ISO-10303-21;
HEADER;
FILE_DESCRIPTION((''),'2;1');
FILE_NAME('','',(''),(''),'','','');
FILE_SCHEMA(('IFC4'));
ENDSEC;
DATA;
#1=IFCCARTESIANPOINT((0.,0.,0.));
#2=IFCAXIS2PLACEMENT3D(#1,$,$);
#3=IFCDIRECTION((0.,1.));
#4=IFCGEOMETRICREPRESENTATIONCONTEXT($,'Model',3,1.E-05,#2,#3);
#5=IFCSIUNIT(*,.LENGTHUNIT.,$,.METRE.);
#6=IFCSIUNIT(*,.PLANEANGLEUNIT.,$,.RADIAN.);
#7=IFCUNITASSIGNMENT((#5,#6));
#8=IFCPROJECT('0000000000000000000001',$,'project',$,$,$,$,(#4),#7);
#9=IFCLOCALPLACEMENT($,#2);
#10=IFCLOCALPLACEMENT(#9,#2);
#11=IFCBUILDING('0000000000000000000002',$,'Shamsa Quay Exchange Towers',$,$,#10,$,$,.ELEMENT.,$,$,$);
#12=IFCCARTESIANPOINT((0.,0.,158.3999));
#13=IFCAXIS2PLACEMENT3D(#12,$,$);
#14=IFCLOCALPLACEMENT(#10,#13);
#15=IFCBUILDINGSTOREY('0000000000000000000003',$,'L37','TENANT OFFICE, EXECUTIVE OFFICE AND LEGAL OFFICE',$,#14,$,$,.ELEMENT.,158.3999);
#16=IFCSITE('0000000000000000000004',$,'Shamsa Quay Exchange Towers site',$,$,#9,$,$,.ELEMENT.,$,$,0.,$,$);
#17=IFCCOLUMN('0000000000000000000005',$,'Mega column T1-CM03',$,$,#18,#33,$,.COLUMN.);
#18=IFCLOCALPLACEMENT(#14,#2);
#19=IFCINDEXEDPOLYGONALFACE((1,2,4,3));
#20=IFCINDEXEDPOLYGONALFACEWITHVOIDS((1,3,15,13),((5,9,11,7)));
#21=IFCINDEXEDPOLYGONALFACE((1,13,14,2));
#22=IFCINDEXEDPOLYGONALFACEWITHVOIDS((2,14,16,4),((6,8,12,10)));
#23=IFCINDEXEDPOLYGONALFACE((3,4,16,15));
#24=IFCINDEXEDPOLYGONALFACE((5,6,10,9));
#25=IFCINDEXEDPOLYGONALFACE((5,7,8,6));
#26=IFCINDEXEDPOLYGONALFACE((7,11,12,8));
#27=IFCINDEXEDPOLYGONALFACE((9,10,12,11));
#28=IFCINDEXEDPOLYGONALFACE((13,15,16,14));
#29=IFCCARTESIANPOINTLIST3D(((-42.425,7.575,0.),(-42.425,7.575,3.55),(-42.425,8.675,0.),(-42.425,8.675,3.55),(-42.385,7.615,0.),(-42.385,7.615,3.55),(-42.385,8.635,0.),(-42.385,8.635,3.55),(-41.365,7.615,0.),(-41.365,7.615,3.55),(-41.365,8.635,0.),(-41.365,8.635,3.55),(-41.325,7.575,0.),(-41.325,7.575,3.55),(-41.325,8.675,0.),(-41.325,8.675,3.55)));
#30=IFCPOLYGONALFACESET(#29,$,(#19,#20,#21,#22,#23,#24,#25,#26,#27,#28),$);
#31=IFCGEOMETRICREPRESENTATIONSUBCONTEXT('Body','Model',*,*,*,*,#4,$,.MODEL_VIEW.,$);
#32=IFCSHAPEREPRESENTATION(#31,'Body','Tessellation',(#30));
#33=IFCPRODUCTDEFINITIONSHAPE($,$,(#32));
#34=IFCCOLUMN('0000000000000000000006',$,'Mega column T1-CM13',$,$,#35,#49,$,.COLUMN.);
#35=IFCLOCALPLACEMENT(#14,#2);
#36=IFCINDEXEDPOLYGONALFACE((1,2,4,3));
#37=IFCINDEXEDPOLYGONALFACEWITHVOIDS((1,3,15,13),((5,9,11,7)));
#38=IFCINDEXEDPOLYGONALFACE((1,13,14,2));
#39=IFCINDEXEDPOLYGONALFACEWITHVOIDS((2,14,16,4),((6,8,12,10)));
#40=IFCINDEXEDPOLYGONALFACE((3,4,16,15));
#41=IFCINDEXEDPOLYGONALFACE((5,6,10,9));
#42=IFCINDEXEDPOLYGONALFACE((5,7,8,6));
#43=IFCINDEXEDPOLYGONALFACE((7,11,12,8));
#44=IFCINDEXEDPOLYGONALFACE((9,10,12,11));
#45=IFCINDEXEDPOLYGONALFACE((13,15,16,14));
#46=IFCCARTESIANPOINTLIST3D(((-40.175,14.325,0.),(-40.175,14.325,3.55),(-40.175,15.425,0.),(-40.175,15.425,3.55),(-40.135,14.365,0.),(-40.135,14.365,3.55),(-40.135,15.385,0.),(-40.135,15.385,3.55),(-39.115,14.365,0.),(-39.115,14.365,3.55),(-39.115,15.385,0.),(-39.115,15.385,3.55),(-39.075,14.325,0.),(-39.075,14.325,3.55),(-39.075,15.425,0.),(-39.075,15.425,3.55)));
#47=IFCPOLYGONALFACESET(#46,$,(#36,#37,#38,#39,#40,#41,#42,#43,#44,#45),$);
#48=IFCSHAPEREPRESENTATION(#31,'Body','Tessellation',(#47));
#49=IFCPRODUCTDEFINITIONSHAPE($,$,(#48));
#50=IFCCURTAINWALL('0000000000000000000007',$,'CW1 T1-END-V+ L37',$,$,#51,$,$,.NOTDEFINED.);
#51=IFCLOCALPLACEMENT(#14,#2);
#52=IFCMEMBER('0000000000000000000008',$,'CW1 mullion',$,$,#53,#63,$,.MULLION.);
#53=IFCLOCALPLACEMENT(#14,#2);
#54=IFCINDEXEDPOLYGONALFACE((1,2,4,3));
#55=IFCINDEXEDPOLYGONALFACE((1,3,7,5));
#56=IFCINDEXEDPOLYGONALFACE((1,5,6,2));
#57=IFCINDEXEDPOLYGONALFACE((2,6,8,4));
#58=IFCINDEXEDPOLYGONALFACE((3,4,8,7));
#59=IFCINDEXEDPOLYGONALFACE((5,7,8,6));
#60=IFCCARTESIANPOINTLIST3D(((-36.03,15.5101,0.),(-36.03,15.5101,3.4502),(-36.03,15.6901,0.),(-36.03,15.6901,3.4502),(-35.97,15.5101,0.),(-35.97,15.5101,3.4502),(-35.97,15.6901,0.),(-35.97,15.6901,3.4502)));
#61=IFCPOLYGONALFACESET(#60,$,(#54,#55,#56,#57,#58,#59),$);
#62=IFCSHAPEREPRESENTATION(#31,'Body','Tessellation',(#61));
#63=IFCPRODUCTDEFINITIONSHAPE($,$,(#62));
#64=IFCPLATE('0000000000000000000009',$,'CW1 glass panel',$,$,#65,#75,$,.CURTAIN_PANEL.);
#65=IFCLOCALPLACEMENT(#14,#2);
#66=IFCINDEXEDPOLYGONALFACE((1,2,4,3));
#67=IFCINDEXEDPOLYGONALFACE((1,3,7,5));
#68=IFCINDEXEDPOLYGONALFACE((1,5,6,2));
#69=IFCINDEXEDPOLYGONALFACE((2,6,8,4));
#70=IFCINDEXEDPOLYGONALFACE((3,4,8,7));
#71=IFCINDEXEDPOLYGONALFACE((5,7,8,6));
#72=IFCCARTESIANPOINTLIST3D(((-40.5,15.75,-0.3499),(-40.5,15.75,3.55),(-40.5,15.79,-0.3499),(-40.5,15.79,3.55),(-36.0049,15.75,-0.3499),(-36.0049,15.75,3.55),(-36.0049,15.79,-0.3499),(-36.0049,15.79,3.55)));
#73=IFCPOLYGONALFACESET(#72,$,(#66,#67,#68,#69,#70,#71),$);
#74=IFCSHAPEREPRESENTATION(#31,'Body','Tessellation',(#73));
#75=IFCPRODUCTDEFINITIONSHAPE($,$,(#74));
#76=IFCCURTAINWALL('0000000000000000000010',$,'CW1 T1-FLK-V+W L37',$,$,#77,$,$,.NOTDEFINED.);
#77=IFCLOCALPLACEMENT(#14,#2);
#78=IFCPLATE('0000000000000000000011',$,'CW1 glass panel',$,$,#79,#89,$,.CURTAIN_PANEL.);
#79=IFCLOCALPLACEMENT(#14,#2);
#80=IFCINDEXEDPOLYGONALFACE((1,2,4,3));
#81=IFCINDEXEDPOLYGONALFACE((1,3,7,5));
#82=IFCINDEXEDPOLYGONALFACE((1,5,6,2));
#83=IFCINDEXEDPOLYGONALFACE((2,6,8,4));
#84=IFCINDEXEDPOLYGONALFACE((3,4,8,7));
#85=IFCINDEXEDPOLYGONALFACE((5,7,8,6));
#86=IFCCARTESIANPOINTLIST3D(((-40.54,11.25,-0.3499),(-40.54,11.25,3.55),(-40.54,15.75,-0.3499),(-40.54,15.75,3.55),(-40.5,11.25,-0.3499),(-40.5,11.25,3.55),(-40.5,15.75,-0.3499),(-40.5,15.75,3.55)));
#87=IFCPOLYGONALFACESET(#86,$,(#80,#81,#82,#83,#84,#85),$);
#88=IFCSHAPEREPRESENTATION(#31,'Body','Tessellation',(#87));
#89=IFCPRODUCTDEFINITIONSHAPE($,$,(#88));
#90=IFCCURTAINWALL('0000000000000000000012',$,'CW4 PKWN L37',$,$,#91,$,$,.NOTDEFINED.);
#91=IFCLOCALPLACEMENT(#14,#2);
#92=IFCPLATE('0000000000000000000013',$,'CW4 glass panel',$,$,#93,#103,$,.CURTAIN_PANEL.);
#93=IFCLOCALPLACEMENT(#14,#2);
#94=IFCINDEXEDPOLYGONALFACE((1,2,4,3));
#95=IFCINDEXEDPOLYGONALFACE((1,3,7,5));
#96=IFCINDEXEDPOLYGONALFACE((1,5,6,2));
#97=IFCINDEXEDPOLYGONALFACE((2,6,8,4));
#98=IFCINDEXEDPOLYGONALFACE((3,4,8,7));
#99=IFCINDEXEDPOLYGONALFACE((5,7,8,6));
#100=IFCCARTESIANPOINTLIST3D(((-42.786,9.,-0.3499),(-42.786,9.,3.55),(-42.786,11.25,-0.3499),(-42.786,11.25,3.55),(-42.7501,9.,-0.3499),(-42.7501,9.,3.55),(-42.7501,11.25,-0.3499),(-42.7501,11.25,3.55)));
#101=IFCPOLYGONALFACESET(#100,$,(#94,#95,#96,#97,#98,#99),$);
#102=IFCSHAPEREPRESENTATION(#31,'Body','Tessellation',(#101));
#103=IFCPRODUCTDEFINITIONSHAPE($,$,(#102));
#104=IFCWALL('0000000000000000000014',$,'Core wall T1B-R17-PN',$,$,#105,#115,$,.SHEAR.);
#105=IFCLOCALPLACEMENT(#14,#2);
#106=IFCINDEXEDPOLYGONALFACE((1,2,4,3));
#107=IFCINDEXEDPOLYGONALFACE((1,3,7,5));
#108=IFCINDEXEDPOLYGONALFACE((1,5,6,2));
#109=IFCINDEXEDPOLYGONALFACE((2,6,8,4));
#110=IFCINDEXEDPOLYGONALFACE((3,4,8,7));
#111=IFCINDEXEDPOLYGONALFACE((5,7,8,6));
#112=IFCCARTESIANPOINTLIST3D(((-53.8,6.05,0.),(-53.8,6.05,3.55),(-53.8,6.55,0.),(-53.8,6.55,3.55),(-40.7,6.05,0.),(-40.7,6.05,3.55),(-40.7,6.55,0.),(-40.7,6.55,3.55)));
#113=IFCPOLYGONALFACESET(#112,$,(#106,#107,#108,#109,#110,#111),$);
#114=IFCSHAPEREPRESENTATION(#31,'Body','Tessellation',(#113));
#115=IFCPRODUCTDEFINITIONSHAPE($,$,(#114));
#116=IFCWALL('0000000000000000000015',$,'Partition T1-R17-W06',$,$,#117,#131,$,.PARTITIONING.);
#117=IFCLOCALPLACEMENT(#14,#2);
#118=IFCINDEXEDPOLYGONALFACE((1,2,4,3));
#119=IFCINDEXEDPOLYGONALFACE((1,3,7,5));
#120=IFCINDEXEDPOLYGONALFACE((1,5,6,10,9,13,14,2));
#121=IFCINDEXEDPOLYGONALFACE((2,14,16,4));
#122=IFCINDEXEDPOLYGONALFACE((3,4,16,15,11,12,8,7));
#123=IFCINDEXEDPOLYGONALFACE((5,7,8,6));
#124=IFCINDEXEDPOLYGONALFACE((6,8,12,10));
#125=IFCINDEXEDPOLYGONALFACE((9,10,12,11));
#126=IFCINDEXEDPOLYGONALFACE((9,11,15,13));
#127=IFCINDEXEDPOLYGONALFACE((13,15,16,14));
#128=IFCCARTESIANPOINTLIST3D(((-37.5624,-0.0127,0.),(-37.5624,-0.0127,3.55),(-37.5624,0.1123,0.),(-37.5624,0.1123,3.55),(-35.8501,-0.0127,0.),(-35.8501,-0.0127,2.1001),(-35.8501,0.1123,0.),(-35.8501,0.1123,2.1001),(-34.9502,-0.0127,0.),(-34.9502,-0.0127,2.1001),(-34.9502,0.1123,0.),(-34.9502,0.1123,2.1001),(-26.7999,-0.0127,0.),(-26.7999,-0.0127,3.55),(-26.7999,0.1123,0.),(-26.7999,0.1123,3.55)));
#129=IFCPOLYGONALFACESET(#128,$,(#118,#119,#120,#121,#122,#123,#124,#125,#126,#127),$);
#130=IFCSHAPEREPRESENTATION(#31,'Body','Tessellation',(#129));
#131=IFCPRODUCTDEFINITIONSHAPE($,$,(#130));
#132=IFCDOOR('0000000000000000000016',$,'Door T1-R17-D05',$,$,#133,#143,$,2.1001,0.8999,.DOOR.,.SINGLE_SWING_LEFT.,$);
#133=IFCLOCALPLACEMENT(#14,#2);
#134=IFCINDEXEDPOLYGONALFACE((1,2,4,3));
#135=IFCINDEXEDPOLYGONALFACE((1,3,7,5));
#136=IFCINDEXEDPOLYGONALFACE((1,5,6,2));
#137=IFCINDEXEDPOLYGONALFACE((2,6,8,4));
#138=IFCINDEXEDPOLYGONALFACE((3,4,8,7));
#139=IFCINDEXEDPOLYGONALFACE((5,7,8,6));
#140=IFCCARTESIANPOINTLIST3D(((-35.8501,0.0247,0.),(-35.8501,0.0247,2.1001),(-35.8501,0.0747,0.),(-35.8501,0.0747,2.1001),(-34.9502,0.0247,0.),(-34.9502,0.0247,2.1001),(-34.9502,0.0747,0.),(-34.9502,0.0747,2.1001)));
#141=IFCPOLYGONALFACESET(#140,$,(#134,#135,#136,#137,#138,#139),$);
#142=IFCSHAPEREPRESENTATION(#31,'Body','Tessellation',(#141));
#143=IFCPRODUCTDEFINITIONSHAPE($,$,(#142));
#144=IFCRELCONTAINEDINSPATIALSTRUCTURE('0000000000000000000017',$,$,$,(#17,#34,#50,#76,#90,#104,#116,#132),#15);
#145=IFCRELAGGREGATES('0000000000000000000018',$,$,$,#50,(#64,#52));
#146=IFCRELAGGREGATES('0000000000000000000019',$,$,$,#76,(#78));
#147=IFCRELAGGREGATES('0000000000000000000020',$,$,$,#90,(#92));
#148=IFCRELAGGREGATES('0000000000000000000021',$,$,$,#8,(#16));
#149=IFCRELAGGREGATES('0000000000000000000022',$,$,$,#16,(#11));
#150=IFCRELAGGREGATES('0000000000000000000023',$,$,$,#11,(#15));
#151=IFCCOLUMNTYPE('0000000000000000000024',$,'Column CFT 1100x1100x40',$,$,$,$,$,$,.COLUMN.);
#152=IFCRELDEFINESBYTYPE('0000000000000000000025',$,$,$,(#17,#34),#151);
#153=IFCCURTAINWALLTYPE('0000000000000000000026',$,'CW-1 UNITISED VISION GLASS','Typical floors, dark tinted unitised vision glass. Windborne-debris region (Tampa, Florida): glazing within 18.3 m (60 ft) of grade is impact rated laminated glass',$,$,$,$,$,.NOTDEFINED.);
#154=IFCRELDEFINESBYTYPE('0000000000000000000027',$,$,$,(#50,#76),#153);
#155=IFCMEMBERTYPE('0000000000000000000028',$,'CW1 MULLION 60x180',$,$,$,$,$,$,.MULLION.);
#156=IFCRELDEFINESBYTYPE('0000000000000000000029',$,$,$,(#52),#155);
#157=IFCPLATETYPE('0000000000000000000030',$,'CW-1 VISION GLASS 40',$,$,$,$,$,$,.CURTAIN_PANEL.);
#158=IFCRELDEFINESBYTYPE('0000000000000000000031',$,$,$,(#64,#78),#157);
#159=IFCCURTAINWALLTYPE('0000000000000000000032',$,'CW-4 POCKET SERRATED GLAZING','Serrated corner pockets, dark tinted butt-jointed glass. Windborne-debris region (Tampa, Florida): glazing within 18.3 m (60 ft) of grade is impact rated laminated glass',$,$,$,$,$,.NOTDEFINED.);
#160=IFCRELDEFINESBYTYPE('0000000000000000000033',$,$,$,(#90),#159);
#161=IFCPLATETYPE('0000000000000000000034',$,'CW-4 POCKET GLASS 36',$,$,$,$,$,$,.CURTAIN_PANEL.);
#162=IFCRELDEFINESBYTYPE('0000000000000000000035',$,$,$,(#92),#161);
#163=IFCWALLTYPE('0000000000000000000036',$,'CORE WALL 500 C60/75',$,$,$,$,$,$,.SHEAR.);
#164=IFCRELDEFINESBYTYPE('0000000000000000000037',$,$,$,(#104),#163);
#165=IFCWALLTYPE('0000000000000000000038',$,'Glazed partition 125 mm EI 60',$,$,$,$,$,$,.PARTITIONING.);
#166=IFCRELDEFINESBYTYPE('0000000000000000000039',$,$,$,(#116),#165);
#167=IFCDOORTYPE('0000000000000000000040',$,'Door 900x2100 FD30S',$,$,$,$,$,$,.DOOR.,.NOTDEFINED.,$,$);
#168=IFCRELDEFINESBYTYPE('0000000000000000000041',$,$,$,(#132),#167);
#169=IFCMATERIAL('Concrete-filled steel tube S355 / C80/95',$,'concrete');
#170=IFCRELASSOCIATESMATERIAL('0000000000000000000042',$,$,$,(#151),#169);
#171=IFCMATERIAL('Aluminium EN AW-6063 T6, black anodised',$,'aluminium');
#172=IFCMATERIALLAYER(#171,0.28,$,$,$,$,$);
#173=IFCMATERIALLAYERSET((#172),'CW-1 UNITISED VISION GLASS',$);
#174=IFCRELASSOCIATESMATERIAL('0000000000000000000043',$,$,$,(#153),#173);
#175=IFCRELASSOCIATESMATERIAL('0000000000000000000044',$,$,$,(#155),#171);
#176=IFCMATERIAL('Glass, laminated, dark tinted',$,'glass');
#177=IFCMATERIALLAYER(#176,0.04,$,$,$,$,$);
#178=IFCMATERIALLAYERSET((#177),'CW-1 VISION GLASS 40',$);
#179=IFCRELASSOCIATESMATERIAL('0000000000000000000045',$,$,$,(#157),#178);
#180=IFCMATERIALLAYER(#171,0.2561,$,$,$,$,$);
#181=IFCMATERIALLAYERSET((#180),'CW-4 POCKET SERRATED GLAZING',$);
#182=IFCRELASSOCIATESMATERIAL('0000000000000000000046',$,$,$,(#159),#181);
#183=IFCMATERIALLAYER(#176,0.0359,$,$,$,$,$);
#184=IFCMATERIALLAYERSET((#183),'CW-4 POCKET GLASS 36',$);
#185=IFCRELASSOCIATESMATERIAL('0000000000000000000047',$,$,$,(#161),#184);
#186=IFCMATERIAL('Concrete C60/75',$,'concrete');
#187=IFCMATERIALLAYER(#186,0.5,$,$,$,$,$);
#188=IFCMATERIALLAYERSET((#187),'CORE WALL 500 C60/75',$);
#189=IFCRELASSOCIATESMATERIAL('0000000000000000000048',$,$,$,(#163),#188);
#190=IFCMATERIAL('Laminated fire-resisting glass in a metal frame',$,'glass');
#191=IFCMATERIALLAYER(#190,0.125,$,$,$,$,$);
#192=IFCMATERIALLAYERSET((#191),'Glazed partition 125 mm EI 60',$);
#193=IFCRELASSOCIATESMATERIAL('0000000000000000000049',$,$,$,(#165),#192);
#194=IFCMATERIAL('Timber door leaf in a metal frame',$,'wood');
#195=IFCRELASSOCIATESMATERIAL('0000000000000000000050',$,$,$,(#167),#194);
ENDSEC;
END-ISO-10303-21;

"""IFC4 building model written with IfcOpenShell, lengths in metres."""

from ifc_helpers import new_model, si_unit, direction, frame, frame_2d, origin, origin_2d, place, context, subcontext, project, spatial, rectangle, hollow_rectangle, extrude, material, layer, layer_set, material_profile, profile_set, type_object, element, fill, aggregate, save


model = new_model("IFC4")

# Units and contexts
model_context = context("Model", 3, precision=1e-05, world=origin(), true_north=direction((0.0, 1.0)))
body_context = subcontext(model_context, "Body", "Model", "MODEL_VIEW")
ifc_project = project(units=[si_unit("LENGTHUNIT", "METRE"), si_unit("PLANEANGLEUNIT", "RADIAN")], contexts=[model_context])

# Site, building, storey
site_placement = place(None, origin())
site = spatial("IfcSite", under=ifc_project, at=site_placement, Name="Shamsa Quay Exchange Towers site", CompositionType="ELEMENT", RefElevation=0.0)
building_placement = place(site_placement, origin())
building = spatial("IfcBuilding", under=site, at=building_placement, Name="Shamsa Quay Exchange Towers", CompositionType="ELEMENT")
storey_placement = place(building_placement, frame((0.0, 0.0, 158.3999)))
storey = spatial("IfcBuildingStorey", under=building, at=storey_placement, Name="L37", Description="TENANT OFFICE, EXECUTIVE OFFICE AND LEGAL OFFICE", CompositionType="ELEMENT", Elevation=158.3999)

# Columns
ifc_material_1 = material(Name="Concrete-filled steel tube S355 / C80/95", Category="concrete")
ifc_material_profile_1 = material_profile(ifc_material_1, hollow_rectangle(XDim=1.1001, YDim=1.1001, WallThickness=0.04, at=origin_2d()), Name="CFT 1100x1100x40")
ifc_profile_set_1 = profile_set([ifc_material_profile_1], Name="Concrete-filled steel tube S355 / C80/95")
column_type = type_object("IfcColumnType", Name="Column CFT 1100x1100x40", PredefinedType="COLUMN", material=ifc_profile_set_1)
for number, where, name in (
    (1, (-41.875, 8.125, 0.0), "Mega column T1-CM03"),
    (2, (-39.625, 14.875, 0.0), "Mega column T1-CM13"),
):
    element("IfcColumn", number, at=place(storey_placement, frame(where)), inside=storey, type_object=column_type, Name=name, PredefinedType="COLUMN", context=body_context, shape_type="SweptSolid", body=[
        extrude(hollow_rectangle(XDim=1.1001, YDim=1.1001, WallThickness=0.04, at=origin_2d()), origin(), (0.0, 0.0, 1.0), 3.55),
    ])

# Curtain wall, member, plate
ifc_material_2 = material(Name="Aluminium EN AW-6063 T6, black anodised", Category="aluminium")
ifc_layer_1 = layer(ifc_material_2, 0.28)
ifc_layer_set_1 = layer_set([ifc_layer_1], Name="CW-1 UNITISED VISION GLASS")
curtain_wall_type_1 = type_object("IfcCurtainWallType", Name="CW-1 UNITISED VISION GLASS", Description="Typical floors, dark tinted unitised vision glass. Windborne-debris region (Tampa, Florida): glazing within 18.3 m (60 ft) of grade is impact rated laminated glass", PredefinedType="NOTDEFINED", material=ifc_layer_set_1)
curtain_wall_1_placement = place(storey_placement, origin())
curtain_wall_1 = element("IfcCurtainWall", 3, at=curtain_wall_1_placement, inside=storey, type_object=curtain_wall_type_1, Name="CW1 T1-END-V+ L37", PredefinedType="NOTDEFINED")
ifc_material_profile_2 = material_profile(ifc_material_2, rectangle(XDim=0.1799, YDim=0.0601, at=origin_2d()), Name="MU60x180")
ifc_profile_set_2 = profile_set([ifc_material_profile_2], Name="Aluminium EN AW-6063 T6, black anodised")
member_type = type_object("IfcMemberType", Name="CW1 MULLION 60x180", PredefinedType="MULLION", material=ifc_profile_set_2)
member_placement = place(storey_placement, frame((-36.0, 15.6001, 0.0), z_axis=(0.0, 0.0, 1.0), x_axis=(0.0, -1.0, 0.0)))
member = element("IfcMember", 4, at=member_placement, type_object=member_type, Name="CW1 mullion", PredefinedType="MULLION", context=body_context, shape_type="SweptSolid", body=[
    extrude(rectangle(XDim=0.1799, YDim=0.0601, at=origin_2d()), origin(), (0.0, 0.0, 1.0), 3.4502),
])
ifc_material_3 = material(Name="Glass, laminated, dark tinted", Category="glass")
ifc_layer_2 = layer(ifc_material_3, 0.04)
ifc_layer_set_2 = layer_set([ifc_layer_2], Name="CW-1 VISION GLASS 40")
plate_type_1 = type_object("IfcPlateType", Name="CW-1 VISION GLASS 40", PredefinedType="CURTAIN_PANEL", material=ifc_layer_set_2)
plate_1_placement = place(storey_placement, frame((-38.2524, 15.77, -0.3499), z_axis=(0.0, 0.0, 1.0), x_axis=(-1.0, 0.0, 0.0)))
plate_1 = element("IfcPlate", 5, at=plate_1_placement, type_object=plate_type_1, Name="CW1 glass panel", PredefinedType="CURTAIN_PANEL", context=body_context, shape_type="SweptSolid", body=[
    extrude(rectangle(XDim=4.4951, YDim=0.04, at=origin_2d()), origin(), (0.0, 0.0, 1.0), 3.8999),
])
aggregate(curtain_wall_1, [plate_1, member])

# Curtain walls, plates
curtain_wall_2_placement = place(storey_placement, origin())
curtain_wall_2 = element("IfcCurtainWall", 6, at=curtain_wall_2_placement, inside=storey, type_object=curtain_wall_type_1, Name="CW1 T1-FLK-V+W L37", PredefinedType="NOTDEFINED")
plate_2_placement = place(storey_placement, frame((-40.52, 13.5, -0.3499), z_axis=(0.0, 0.0, 1.0), x_axis=(0.0, -1.0, 0.0)))
plate_2 = element("IfcPlate", 7, at=plate_2_placement, type_object=plate_type_1, Name="CW1 glass panel", PredefinedType="CURTAIN_PANEL", context=body_context, shape_type="SweptSolid", body=[
    extrude(rectangle(XDim=4.5, YDim=0.04, at=origin_2d()), origin(), (0.0, 0.0, 1.0), 3.8999),
])
aggregate(curtain_wall_2, [plate_2])
ifc_layer_3 = layer(ifc_material_2, 0.2561)
ifc_layer_set_3 = layer_set([ifc_layer_3], Name="CW-4 POCKET SERRATED GLAZING")
curtain_wall_type_2 = type_object("IfcCurtainWallType", Name="CW-4 POCKET SERRATED GLAZING", Description="Serrated corner pockets, dark tinted butt-jointed glass. Windborne-debris region (Tampa, Florida): glazing within 18.3 m (60 ft) of grade is impact rated laminated glass", PredefinedType="NOTDEFINED", material=ifc_layer_set_3)
curtain_wall_3_placement = place(storey_placement, origin())
curtain_wall_3 = element("IfcCurtainWall", 8, at=curtain_wall_3_placement, inside=storey, type_object=curtain_wall_type_2, Name="CW4 PKWN L37", PredefinedType="NOTDEFINED")
ifc_layer_4 = layer(ifc_material_3, 0.0359)
ifc_layer_set_4 = layer_set([ifc_layer_4], Name="CW-4 POCKET GLASS 36")
plate_type_2 = type_object("IfcPlateType", Name="CW-4 POCKET GLASS 36", PredefinedType="CURTAIN_PANEL", material=ifc_layer_set_4)
plate_3_placement = place(storey_placement, frame((-42.7681, 10.125, -0.3499), z_axis=(0.0, 0.0, 1.0), x_axis=(0.0, -1.0, 0.0)))
plate_3 = element("IfcPlate", 9, at=plate_3_placement, type_object=plate_type_2, Name="CW4 glass panel", PredefinedType="CURTAIN_PANEL", context=body_context, shape_type="SweptSolid", body=[
    extrude(rectangle(XDim=2.25, YDim=0.0359, at=origin_2d()), origin(), (0.0, 0.0, 1.0), 3.8999),
])
aggregate(curtain_wall_3, [plate_3])

# Wall
ifc_material_4 = material(Name="Concrete C60/75", Category="concrete")
ifc_layer_5 = layer(ifc_material_4, 0.5)
ifc_layer_set_5 = layer_set([ifc_layer_5], Name="CORE WALL 500 C60/75")
wall_type_1 = type_object("IfcWallType", Name="CORE WALL 500 C60/75", PredefinedType="SHEAR", material=ifc_layer_set_5)
wall_1_placement = place(storey_placement, frame((-40.7, 6.3, 0.0), z_axis=(0.0, 0.0, 1.0), x_axis=(-1.0, 0.0, 0.0)))
element("IfcWall", 10, at=wall_1_placement, inside=storey, type_object=wall_type_1, Name="Core wall T1B-R17-PN", PredefinedType="SHEAR", context=body_context, shape_type="SweptSolid", body=[
    extrude(rectangle(XDim=13.1001, YDim=0.5, at=frame_2d((6.55, 0.0))), origin(), (0.0, 0.0, 1.0), 3.55),
])

# Wall, opening, door
ifc_material_5 = material(Name="Laminated fire-resisting glass in a metal frame", Category="glass")
ifc_layer_6 = layer(ifc_material_5, 0.125)
ifc_layer_set_6 = layer_set([ifc_layer_6], Name="Glazed partition 125 mm EI 60")
wall_type_2 = type_object("IfcWallType", Name="Glazed partition 125 mm EI 60", PredefinedType="PARTITIONING", material=ifc_layer_set_6)
wall_2_placement = place(storey_placement, frame((-37.5625, 0.0498, 0.0)))
wall_2 = element("IfcWall", 11, at=wall_2_placement, inside=storey, type_object=wall_type_2, Name="Partition T1-R17-W06", PredefinedType="PARTITIONING", context=body_context, shape_type="SweptSolid", body=[
    extrude(rectangle(XDim=10.7625, YDim=0.125, at=frame_2d((5.3813, 0.0))), origin(), (0.0, 0.0, 1.0), 3.55),
])
opening_1_placement = place(wall_2_placement, frame((1.7124, 0.0, 0.0)))
opening_1 = element("IfcOpeningElement", 12, at=opening_1_placement, cuts=wall_2, PredefinedType="OPENING", context=body_context, shape_type="SweptSolid", body=[
    extrude(rectangle(XDim=0.8999, YDim=2.1001, at=frame_2d((0.45, 1.05))), frame((0.0, 0.0725, 0.0), z_axis=(0.0, -1.0, 0.0), x_axis=(1.0, 0.0, 0.0)), (0.0, 0.0, 1.0), 0.145),
])
ifc_material_6 = material(Name="Timber door leaf in a metal frame", Category="wood")
door_type_1 = type_object("IfcDoorType", Name="Door 900x2100 FD30S", OperationType="NOTDEFINED", PredefinedType="DOOR", material=ifc_material_6)
door_1_placement = place(opening_1_placement, origin())
door_1 = element("IfcDoor", 13, at=door_1_placement, inside=storey, type_object=door_type_1, Name="Door T1-R17-D05", OperationType="SINGLE_SWING_LEFT", OverallHeight=2.1001, OverallWidth=0.8999, PredefinedType="DOOR", context=body_context, shape_type="SweptSolid", body=[
    extrude(rectangle(XDim=0.8999, YDim=2.1001, at=frame_2d((0.45, 1.05))), frame((0.0, 0.0249, 0.0), z_axis=(0.0, -1.0, 0.0), x_axis=(1.0, 0.0, 0.0)), (0.0, 0.0, 1.0), 0.05),
])
fill(opening_1, door_1)

save(model, "model.ifc")
